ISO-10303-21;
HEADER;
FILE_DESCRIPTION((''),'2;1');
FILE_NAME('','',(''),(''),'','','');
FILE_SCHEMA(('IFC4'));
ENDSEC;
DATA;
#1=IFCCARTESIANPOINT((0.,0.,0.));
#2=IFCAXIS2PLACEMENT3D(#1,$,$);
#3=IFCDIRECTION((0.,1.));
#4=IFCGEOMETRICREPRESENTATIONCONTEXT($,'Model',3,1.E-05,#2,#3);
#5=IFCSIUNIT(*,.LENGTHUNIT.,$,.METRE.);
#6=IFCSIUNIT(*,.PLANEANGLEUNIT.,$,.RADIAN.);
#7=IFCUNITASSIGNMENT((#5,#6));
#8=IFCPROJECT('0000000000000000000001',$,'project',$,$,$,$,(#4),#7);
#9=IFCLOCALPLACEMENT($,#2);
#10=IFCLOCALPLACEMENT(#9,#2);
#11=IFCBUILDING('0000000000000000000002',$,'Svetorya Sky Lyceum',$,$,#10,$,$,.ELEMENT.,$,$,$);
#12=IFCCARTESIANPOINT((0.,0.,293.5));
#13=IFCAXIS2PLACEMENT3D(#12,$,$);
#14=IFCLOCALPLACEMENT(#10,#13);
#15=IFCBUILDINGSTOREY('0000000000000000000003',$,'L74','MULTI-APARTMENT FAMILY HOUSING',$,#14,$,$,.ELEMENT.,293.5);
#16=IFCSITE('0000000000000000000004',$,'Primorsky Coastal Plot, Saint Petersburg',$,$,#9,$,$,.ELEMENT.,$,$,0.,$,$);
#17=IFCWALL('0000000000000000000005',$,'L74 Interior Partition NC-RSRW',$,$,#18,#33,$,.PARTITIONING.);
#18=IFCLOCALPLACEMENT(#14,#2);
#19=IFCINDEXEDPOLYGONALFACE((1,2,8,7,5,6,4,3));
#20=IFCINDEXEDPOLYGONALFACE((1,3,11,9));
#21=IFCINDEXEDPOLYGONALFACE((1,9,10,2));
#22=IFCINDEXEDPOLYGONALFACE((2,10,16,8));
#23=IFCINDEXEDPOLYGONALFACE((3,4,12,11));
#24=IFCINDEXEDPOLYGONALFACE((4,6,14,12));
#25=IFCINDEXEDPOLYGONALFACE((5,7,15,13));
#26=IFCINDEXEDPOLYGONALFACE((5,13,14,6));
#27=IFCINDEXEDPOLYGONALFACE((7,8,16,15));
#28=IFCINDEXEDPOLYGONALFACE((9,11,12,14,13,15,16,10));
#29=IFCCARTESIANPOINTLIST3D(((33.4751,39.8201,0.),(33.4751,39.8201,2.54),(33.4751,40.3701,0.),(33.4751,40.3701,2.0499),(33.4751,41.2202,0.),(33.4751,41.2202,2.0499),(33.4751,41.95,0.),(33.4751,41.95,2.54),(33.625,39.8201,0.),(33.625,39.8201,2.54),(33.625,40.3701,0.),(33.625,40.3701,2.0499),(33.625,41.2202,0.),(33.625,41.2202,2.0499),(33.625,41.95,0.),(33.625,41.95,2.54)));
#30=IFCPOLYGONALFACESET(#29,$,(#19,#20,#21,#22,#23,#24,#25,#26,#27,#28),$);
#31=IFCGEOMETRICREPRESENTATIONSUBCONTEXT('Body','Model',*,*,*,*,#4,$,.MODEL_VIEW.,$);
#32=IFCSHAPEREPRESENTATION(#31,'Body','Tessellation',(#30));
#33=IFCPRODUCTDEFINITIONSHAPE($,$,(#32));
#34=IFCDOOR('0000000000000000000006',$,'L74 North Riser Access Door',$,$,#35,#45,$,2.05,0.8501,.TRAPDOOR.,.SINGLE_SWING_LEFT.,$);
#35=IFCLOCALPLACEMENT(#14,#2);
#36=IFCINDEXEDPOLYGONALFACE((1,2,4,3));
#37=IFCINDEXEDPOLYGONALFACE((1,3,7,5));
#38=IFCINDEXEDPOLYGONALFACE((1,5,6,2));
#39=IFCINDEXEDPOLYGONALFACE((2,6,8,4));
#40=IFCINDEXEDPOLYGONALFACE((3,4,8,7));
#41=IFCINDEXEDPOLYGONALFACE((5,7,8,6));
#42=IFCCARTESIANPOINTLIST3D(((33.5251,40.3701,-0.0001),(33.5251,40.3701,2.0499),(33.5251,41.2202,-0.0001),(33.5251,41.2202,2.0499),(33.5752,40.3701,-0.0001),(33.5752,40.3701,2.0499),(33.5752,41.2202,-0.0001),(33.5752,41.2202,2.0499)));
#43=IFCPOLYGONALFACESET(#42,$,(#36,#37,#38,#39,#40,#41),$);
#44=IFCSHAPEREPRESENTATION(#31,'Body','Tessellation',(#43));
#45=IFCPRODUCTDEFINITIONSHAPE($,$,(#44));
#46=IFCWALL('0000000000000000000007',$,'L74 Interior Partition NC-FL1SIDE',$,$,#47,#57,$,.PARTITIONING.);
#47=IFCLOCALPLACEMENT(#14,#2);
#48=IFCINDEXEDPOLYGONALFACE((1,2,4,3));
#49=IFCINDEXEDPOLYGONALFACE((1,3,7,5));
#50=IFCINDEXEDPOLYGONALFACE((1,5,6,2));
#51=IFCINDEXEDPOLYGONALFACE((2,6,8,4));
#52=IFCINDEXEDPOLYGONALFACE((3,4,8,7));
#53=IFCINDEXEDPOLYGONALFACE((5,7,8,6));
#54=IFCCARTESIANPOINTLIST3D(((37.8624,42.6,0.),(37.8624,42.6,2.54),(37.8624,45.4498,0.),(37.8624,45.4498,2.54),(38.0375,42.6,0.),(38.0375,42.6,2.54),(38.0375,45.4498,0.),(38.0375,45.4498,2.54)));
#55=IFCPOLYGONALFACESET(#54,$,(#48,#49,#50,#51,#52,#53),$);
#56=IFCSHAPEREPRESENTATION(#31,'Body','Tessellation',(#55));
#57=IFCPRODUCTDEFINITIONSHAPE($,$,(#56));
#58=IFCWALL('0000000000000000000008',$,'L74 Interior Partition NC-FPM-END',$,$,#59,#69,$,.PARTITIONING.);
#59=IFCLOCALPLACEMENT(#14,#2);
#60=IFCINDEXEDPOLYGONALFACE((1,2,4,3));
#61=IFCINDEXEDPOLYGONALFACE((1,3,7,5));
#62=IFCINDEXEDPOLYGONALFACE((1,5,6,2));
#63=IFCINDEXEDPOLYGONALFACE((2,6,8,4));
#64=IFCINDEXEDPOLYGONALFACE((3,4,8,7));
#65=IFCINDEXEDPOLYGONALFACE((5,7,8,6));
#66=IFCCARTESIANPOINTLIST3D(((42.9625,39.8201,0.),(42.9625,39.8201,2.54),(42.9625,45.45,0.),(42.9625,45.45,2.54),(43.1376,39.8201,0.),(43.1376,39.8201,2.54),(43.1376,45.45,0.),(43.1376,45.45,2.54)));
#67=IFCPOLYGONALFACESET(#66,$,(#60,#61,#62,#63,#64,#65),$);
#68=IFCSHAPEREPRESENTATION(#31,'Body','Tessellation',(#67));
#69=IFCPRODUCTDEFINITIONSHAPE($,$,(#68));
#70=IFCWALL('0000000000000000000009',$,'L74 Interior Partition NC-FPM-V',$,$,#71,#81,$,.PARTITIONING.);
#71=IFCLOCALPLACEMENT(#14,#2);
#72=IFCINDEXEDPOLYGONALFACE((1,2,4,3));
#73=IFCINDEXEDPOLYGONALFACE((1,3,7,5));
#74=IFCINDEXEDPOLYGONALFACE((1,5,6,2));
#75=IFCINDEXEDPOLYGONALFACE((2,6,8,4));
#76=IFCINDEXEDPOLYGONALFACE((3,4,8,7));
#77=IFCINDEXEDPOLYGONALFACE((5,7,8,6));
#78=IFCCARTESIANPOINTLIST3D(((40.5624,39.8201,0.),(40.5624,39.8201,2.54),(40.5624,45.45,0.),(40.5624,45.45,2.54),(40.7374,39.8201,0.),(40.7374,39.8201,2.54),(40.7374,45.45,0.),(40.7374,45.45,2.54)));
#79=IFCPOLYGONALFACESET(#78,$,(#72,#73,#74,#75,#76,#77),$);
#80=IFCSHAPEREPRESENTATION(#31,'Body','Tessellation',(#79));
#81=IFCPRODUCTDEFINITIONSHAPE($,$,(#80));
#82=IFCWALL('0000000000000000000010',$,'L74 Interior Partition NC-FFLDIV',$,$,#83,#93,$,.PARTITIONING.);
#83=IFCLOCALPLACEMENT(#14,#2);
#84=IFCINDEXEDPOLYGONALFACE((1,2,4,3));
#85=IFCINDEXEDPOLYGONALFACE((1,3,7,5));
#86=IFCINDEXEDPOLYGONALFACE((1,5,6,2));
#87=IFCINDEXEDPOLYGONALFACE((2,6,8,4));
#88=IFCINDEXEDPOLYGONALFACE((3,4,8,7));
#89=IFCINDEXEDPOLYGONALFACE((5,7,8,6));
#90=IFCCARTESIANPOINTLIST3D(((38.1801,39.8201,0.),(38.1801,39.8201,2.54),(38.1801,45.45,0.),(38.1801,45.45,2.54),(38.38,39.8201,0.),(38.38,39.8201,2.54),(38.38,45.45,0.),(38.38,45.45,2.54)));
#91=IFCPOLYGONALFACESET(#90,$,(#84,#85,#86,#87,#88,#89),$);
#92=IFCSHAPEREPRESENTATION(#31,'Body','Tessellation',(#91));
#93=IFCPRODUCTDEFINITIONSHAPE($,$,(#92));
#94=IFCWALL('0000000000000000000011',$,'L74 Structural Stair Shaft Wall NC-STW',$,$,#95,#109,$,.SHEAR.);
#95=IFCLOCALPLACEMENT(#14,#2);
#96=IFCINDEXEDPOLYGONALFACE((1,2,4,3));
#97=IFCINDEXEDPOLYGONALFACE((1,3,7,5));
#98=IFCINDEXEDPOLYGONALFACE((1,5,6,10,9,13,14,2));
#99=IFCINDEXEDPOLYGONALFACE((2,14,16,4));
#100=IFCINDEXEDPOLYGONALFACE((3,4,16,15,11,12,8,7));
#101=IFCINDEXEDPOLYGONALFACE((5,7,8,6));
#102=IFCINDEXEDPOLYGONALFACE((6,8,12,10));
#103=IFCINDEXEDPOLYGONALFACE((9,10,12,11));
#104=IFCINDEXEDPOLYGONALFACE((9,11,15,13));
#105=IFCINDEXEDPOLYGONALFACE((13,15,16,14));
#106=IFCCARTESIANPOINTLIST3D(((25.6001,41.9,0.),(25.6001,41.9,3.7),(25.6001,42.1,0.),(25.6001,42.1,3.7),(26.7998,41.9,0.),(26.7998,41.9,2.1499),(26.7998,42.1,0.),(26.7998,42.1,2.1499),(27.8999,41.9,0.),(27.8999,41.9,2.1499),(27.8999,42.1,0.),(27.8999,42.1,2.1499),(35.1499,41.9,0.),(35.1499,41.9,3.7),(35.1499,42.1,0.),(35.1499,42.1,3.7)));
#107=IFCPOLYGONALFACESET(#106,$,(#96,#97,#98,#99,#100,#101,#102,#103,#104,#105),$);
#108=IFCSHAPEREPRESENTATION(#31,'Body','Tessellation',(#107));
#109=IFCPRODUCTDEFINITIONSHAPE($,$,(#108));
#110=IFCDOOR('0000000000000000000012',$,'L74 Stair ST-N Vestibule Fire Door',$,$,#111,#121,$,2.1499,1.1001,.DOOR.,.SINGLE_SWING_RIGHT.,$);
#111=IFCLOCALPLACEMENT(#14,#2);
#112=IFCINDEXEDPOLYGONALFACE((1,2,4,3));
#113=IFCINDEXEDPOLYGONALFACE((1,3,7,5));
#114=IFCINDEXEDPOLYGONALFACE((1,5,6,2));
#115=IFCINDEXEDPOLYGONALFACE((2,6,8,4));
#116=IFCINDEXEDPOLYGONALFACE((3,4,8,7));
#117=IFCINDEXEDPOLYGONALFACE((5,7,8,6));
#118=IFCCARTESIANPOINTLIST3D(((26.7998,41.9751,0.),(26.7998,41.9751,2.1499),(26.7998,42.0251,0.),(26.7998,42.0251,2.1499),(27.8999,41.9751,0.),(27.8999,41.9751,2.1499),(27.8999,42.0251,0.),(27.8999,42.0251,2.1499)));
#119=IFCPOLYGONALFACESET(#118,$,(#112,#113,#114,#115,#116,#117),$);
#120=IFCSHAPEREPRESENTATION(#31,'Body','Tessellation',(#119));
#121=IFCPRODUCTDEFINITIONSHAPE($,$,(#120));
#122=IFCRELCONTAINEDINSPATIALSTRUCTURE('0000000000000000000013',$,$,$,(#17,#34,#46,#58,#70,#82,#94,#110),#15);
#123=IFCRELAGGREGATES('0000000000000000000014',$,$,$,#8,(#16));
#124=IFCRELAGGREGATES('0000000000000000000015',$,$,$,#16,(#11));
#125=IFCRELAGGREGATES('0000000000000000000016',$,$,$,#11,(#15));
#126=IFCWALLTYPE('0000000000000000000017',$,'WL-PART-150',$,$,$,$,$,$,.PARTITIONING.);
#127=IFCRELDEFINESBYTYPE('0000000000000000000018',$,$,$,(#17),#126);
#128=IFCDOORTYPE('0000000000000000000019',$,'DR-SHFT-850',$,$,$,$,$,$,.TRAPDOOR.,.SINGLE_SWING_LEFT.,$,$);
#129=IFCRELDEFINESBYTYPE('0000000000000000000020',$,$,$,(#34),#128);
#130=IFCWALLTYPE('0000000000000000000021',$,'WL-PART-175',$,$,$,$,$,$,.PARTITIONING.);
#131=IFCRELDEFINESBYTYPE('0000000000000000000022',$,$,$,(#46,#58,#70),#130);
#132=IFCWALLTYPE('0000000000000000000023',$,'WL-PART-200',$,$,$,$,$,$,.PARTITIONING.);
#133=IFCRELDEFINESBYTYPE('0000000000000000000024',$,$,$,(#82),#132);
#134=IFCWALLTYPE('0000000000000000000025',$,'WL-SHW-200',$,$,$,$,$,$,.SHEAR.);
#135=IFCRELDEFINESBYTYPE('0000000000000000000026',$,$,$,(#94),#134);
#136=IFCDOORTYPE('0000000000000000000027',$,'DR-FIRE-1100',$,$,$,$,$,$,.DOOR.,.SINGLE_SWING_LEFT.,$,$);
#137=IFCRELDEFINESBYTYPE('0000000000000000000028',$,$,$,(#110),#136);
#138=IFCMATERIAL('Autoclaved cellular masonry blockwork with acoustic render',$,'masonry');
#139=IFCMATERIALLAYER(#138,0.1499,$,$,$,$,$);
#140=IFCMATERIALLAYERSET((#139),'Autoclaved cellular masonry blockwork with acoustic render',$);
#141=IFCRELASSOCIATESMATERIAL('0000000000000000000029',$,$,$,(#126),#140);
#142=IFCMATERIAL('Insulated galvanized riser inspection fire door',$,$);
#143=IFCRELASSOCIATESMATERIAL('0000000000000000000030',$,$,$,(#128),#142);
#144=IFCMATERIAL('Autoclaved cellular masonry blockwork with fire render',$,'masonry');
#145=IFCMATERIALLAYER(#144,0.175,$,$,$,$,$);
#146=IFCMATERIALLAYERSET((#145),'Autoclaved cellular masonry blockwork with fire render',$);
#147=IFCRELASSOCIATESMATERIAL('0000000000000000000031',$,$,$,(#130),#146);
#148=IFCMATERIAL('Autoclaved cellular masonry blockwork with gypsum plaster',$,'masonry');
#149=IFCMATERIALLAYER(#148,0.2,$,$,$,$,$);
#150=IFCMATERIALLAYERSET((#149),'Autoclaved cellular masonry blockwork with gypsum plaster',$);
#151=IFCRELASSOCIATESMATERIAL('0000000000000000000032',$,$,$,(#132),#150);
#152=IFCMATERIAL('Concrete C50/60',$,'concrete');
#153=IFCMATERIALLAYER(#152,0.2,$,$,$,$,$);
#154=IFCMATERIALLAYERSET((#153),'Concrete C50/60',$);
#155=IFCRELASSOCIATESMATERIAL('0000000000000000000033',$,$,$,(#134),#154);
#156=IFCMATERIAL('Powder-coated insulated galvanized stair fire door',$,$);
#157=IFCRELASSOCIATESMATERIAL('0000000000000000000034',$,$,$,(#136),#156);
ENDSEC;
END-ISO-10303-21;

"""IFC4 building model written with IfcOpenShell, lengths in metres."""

from ifc_helpers import new_model, si_unit, direction, frame, frame_2d, origin, place, context, subcontext, project, spatial, rectangle, extrude, material, layer, layer_set, type_object, element, fill, save


model = new_model("IFC4")

# Units and contexts
model_context = context("Model", 3, precision=1e-05, world=origin(), true_north=direction((0.0, 1.0)))
body_context = subcontext(model_context, "Body", "Model", "MODEL_VIEW")
ifc_project = project(units=[si_unit("LENGTHUNIT", "METRE"), si_unit("PLANEANGLEUNIT", "RADIAN")], contexts=[model_context])

# Site, building, storey
site_placement = place(None, origin())
site = spatial("IfcSite", under=ifc_project, at=site_placement, Name="Primorsky Coastal Plot, Saint Petersburg", CompositionType="ELEMENT", RefElevation=0.0)
building_placement = place(site_placement, origin())
building = spatial("IfcBuilding", under=site, at=building_placement, Name="Svetorya Sky Lyceum", CompositionType="ELEMENT")
storey_placement = place(building_placement, frame((0.0, 0.0, 293.5)))
storey = spatial("IfcBuildingStorey", under=building, at=storey_placement, Name="L74", Description="MULTI-APARTMENT FAMILY HOUSING", CompositionType="ELEMENT", Elevation=293.5)

# Wall, opening, door
ifc_material_1 = material(Name="Autoclaved cellular masonry blockwork with acoustic render", Category="masonry")
ifc_layer_1 = layer(ifc_material_1, 0.1499)
ifc_layer_set_1 = layer_set([ifc_layer_1], Name="Autoclaved cellular masonry blockwork with acoustic render")
wall_type_1 = type_object("IfcWallType", Name="WL-PART-150", PredefinedType="PARTITIONING", material=ifc_layer_set_1)
wall_1_placement = place(storey_placement, frame((33.55, 39.8201, 0.0), z_axis=(0.0, 0.0, 1.0), x_axis=(0.0, 1.0, 0.0)))
wall_1 = element("IfcWall", 1, at=wall_1_placement, inside=storey, type_object=wall_type_1, Name="L74 Interior Partition NC-RSRW", PredefinedType="PARTITIONING", context=body_context, shape_type="SweptSolid", body=[
    extrude(rectangle(XDim=2.1299, YDim=0.1499, at=frame_2d((1.0649, 0.0))), origin(), (0.0, 0.0, 1.0), 2.54),
])
opening_1_placement = place(wall_1_placement, frame((0.55, 0.0, 0.0)))
opening_1 = element("IfcOpeningElement", 2, at=opening_1_placement, cuts=wall_1, PredefinedType="OPENING", context=body_context, shape_type="SweptSolid", body=[
    extrude(rectangle(XDim=0.8501, YDim=2.05, at=frame_2d((0.425, 1.0249))), frame((0.0, 0.085, 0.0), z_axis=(0.0, -1.0, 0.0), x_axis=(1.0, 0.0, 0.0)), (0.0, 0.0, 1.0), 0.1699),
])
ifc_material_2 = material(Name="Insulated galvanized riser inspection fire door")
door_type_1 = type_object("IfcDoorType", Name="DR-SHFT-850", OperationType="SINGLE_SWING_LEFT", PredefinedType="TRAPDOOR", material=ifc_material_2)
door_1_placement = place(opening_1_placement, origin())
door_1 = element("IfcDoor", 3, at=door_1_placement, inside=storey, type_object=door_type_1, Name="L74 North Riser Access Door", OperationType="SINGLE_SWING_LEFT", OverallHeight=2.05, OverallWidth=0.8501, PredefinedType="TRAPDOOR", context=body_context, shape_type="SweptSolid", body=[
    extrude(rectangle(XDim=0.8501, YDim=2.05, at=frame_2d((0.425, 1.0249))), frame((0.0, 0.0249, 0.0), z_axis=(0.0, -1.0, 0.0), x_axis=(1.0, 0.0, 0.0)), (0.0, 0.0, 1.0), 0.05),
])
fill(opening_1, door_1)

# Walls
ifc_material_3 = material(Name="Autoclaved cellular masonry blockwork with fire render", Category="masonry")
ifc_layer_2 = layer(ifc_material_3, 0.175)
ifc_layer_set_2 = layer_set([ifc_layer_2], Name="Autoclaved cellular masonry blockwork with fire render")
wall_type_2 = type_object("IfcWallType", Name="WL-PART-175", PredefinedType="PARTITIONING", material=ifc_layer_set_2)
wall_2_placement = place(storey_placement, frame((37.95, 42.6001, 0.0), z_axis=(0.0, 0.0, 1.0), x_axis=(0.0, 1.0, 0.0)))
element("IfcWall", 4, at=wall_2_placement, inside=storey, type_object=wall_type_2, Name="L74 Interior Partition NC-FL1SIDE", PredefinedType="PARTITIONING", context=body_context, shape_type="SweptSolid", body=[
    extrude(rectangle(XDim=2.8499, YDim=0.175, at=frame_2d((1.4248, 0.0))), origin(), (0.0, 0.0, 1.0), 2.54),
])
for number, where, z_axis, x_axis, name in (
    (5, (43.05, 39.8201, 0.0), (0.0, 0.0, 1.0), (0.0, 1.0, 0.0), "L74 Interior Partition NC-FPM-END"),
    (6, (40.6499, 39.8201, 0.0), (0.0, 0.0, 1.0), (0.0, 1.0, 0.0), "L74 Interior Partition NC-FPM-V"),
):
    element("IfcWall", number, at=place(storey_placement, frame(where, z_axis=z_axis, x_axis=x_axis)), inside=storey, type_object=wall_type_2, Name=name, PredefinedType="PARTITIONING", context=body_context, shape_type="SweptSolid", body=[
        extrude(rectangle(XDim=5.6299, YDim=0.175, at=frame_2d((2.8149, 0.0))), origin(), (0.0, 0.0, 1.0), 2.54),
    ])

# Shared definitions
ifc_material_4 = material(Name="Autoclaved cellular masonry blockwork with gypsum plaster", Category="masonry")
ifc_layer_3 = layer(ifc_material_4, 0.2)
ifc_layer_set_3 = layer_set([ifc_layer_3], Name="Autoclaved cellular masonry blockwork with gypsum plaster")
wall_type_3 = type_object("IfcWallType", Name="WL-PART-200", PredefinedType="PARTITIONING", material=ifc_layer_set_3)

# Wall
wall_3_placement = place(storey_placement, frame((38.28, 39.8201, 0.0), z_axis=(0.0, 0.0, 1.0), x_axis=(0.0, 1.0, 0.0)))
element("IfcWall", 7, at=wall_3_placement, inside=storey, type_object=wall_type_3, Name="L74 Interior Partition NC-FFLDIV", PredefinedType="PARTITIONING", context=body_context, shape_type="SweptSolid", body=[
    extrude(rectangle(XDim=5.6299, YDim=0.2, at=frame_2d((2.8149, 0.0))), origin(), (0.0, 0.0, 1.0), 2.54),
])

# Wall, opening, door
ifc_material_5 = material(Name="Concrete C50/60", Category="concrete")
ifc_layer_4 = layer(ifc_material_5, 0.2)
ifc_layer_set_4 = layer_set([ifc_layer_4], Name="Concrete C50/60")
wall_type_4 = type_object("IfcWallType", Name="WL-SHW-200", PredefinedType="SHEAR", material=ifc_layer_set_4)
wall_4_placement = place(storey_placement, frame((35.1499, 42.0, 0.0), z_axis=(0.0, 0.0, 1.0), x_axis=(-1.0, 0.0, 0.0)))
wall_4 = element("IfcWall", 8, at=wall_4_placement, inside=storey, type_object=wall_type_4, Name="L74 Structural Stair Shaft Wall NC-STW", PredefinedType="SHEAR", context=body_context, shape_type="SweptSolid", body=[
    extrude(rectangle(XDim=9.5498, YDim=0.2, at=frame_2d((4.7749, 0.0))), origin(), (0.0, 0.0, 1.0), 3.7),
])
opening_2_placement = place(wall_4_placement, frame((7.25, 0.0, 0.0)))
opening_2 = element("IfcOpeningElement", 9, at=opening_2_placement, cuts=wall_4, PredefinedType="OPENING", context=body_context, shape_type="SweptSolid", body=[
    extrude(rectangle(XDim=1.1001, YDim=2.1499, at=frame_2d((0.55, 1.075))), frame((0.0, 0.1099, 0.0), z_axis=(0.0, -1.0, 0.0), x_axis=(1.0, 0.0, 0.0)), (0.0, 0.0, 1.0), 0.22),
])
ifc_material_6 = material(Name="Powder-coated insulated galvanized stair fire door")
door_type_2 = type_object("IfcDoorType", Name="DR-FIRE-1100", OperationType="SINGLE_SWING_LEFT", PredefinedType="DOOR", material=ifc_material_6)
door_2_placement = place(opening_2_placement, origin())
door_2 = element("IfcDoor", 10, at=door_2_placement, inside=storey, type_object=door_type_2, Name="L74 Stair ST-N Vestibule Fire Door", OperationType="SINGLE_SWING_RIGHT", OverallHeight=2.1499, OverallWidth=1.1001, PredefinedType="DOOR", context=body_context, shape_type="SweptSolid", body=[
    extrude(rectangle(XDim=1.1001, YDim=2.1499, at=frame_2d((0.55, 1.075))), frame((0.0, 0.0249, 0.0), z_axis=(0.0, -1.0, 0.0), x_axis=(1.0, 0.0, 0.0)), (0.0, 0.0, 1.0), 0.05),
])
fill(opening_2, door_2)

save(model, "model.ifc")
